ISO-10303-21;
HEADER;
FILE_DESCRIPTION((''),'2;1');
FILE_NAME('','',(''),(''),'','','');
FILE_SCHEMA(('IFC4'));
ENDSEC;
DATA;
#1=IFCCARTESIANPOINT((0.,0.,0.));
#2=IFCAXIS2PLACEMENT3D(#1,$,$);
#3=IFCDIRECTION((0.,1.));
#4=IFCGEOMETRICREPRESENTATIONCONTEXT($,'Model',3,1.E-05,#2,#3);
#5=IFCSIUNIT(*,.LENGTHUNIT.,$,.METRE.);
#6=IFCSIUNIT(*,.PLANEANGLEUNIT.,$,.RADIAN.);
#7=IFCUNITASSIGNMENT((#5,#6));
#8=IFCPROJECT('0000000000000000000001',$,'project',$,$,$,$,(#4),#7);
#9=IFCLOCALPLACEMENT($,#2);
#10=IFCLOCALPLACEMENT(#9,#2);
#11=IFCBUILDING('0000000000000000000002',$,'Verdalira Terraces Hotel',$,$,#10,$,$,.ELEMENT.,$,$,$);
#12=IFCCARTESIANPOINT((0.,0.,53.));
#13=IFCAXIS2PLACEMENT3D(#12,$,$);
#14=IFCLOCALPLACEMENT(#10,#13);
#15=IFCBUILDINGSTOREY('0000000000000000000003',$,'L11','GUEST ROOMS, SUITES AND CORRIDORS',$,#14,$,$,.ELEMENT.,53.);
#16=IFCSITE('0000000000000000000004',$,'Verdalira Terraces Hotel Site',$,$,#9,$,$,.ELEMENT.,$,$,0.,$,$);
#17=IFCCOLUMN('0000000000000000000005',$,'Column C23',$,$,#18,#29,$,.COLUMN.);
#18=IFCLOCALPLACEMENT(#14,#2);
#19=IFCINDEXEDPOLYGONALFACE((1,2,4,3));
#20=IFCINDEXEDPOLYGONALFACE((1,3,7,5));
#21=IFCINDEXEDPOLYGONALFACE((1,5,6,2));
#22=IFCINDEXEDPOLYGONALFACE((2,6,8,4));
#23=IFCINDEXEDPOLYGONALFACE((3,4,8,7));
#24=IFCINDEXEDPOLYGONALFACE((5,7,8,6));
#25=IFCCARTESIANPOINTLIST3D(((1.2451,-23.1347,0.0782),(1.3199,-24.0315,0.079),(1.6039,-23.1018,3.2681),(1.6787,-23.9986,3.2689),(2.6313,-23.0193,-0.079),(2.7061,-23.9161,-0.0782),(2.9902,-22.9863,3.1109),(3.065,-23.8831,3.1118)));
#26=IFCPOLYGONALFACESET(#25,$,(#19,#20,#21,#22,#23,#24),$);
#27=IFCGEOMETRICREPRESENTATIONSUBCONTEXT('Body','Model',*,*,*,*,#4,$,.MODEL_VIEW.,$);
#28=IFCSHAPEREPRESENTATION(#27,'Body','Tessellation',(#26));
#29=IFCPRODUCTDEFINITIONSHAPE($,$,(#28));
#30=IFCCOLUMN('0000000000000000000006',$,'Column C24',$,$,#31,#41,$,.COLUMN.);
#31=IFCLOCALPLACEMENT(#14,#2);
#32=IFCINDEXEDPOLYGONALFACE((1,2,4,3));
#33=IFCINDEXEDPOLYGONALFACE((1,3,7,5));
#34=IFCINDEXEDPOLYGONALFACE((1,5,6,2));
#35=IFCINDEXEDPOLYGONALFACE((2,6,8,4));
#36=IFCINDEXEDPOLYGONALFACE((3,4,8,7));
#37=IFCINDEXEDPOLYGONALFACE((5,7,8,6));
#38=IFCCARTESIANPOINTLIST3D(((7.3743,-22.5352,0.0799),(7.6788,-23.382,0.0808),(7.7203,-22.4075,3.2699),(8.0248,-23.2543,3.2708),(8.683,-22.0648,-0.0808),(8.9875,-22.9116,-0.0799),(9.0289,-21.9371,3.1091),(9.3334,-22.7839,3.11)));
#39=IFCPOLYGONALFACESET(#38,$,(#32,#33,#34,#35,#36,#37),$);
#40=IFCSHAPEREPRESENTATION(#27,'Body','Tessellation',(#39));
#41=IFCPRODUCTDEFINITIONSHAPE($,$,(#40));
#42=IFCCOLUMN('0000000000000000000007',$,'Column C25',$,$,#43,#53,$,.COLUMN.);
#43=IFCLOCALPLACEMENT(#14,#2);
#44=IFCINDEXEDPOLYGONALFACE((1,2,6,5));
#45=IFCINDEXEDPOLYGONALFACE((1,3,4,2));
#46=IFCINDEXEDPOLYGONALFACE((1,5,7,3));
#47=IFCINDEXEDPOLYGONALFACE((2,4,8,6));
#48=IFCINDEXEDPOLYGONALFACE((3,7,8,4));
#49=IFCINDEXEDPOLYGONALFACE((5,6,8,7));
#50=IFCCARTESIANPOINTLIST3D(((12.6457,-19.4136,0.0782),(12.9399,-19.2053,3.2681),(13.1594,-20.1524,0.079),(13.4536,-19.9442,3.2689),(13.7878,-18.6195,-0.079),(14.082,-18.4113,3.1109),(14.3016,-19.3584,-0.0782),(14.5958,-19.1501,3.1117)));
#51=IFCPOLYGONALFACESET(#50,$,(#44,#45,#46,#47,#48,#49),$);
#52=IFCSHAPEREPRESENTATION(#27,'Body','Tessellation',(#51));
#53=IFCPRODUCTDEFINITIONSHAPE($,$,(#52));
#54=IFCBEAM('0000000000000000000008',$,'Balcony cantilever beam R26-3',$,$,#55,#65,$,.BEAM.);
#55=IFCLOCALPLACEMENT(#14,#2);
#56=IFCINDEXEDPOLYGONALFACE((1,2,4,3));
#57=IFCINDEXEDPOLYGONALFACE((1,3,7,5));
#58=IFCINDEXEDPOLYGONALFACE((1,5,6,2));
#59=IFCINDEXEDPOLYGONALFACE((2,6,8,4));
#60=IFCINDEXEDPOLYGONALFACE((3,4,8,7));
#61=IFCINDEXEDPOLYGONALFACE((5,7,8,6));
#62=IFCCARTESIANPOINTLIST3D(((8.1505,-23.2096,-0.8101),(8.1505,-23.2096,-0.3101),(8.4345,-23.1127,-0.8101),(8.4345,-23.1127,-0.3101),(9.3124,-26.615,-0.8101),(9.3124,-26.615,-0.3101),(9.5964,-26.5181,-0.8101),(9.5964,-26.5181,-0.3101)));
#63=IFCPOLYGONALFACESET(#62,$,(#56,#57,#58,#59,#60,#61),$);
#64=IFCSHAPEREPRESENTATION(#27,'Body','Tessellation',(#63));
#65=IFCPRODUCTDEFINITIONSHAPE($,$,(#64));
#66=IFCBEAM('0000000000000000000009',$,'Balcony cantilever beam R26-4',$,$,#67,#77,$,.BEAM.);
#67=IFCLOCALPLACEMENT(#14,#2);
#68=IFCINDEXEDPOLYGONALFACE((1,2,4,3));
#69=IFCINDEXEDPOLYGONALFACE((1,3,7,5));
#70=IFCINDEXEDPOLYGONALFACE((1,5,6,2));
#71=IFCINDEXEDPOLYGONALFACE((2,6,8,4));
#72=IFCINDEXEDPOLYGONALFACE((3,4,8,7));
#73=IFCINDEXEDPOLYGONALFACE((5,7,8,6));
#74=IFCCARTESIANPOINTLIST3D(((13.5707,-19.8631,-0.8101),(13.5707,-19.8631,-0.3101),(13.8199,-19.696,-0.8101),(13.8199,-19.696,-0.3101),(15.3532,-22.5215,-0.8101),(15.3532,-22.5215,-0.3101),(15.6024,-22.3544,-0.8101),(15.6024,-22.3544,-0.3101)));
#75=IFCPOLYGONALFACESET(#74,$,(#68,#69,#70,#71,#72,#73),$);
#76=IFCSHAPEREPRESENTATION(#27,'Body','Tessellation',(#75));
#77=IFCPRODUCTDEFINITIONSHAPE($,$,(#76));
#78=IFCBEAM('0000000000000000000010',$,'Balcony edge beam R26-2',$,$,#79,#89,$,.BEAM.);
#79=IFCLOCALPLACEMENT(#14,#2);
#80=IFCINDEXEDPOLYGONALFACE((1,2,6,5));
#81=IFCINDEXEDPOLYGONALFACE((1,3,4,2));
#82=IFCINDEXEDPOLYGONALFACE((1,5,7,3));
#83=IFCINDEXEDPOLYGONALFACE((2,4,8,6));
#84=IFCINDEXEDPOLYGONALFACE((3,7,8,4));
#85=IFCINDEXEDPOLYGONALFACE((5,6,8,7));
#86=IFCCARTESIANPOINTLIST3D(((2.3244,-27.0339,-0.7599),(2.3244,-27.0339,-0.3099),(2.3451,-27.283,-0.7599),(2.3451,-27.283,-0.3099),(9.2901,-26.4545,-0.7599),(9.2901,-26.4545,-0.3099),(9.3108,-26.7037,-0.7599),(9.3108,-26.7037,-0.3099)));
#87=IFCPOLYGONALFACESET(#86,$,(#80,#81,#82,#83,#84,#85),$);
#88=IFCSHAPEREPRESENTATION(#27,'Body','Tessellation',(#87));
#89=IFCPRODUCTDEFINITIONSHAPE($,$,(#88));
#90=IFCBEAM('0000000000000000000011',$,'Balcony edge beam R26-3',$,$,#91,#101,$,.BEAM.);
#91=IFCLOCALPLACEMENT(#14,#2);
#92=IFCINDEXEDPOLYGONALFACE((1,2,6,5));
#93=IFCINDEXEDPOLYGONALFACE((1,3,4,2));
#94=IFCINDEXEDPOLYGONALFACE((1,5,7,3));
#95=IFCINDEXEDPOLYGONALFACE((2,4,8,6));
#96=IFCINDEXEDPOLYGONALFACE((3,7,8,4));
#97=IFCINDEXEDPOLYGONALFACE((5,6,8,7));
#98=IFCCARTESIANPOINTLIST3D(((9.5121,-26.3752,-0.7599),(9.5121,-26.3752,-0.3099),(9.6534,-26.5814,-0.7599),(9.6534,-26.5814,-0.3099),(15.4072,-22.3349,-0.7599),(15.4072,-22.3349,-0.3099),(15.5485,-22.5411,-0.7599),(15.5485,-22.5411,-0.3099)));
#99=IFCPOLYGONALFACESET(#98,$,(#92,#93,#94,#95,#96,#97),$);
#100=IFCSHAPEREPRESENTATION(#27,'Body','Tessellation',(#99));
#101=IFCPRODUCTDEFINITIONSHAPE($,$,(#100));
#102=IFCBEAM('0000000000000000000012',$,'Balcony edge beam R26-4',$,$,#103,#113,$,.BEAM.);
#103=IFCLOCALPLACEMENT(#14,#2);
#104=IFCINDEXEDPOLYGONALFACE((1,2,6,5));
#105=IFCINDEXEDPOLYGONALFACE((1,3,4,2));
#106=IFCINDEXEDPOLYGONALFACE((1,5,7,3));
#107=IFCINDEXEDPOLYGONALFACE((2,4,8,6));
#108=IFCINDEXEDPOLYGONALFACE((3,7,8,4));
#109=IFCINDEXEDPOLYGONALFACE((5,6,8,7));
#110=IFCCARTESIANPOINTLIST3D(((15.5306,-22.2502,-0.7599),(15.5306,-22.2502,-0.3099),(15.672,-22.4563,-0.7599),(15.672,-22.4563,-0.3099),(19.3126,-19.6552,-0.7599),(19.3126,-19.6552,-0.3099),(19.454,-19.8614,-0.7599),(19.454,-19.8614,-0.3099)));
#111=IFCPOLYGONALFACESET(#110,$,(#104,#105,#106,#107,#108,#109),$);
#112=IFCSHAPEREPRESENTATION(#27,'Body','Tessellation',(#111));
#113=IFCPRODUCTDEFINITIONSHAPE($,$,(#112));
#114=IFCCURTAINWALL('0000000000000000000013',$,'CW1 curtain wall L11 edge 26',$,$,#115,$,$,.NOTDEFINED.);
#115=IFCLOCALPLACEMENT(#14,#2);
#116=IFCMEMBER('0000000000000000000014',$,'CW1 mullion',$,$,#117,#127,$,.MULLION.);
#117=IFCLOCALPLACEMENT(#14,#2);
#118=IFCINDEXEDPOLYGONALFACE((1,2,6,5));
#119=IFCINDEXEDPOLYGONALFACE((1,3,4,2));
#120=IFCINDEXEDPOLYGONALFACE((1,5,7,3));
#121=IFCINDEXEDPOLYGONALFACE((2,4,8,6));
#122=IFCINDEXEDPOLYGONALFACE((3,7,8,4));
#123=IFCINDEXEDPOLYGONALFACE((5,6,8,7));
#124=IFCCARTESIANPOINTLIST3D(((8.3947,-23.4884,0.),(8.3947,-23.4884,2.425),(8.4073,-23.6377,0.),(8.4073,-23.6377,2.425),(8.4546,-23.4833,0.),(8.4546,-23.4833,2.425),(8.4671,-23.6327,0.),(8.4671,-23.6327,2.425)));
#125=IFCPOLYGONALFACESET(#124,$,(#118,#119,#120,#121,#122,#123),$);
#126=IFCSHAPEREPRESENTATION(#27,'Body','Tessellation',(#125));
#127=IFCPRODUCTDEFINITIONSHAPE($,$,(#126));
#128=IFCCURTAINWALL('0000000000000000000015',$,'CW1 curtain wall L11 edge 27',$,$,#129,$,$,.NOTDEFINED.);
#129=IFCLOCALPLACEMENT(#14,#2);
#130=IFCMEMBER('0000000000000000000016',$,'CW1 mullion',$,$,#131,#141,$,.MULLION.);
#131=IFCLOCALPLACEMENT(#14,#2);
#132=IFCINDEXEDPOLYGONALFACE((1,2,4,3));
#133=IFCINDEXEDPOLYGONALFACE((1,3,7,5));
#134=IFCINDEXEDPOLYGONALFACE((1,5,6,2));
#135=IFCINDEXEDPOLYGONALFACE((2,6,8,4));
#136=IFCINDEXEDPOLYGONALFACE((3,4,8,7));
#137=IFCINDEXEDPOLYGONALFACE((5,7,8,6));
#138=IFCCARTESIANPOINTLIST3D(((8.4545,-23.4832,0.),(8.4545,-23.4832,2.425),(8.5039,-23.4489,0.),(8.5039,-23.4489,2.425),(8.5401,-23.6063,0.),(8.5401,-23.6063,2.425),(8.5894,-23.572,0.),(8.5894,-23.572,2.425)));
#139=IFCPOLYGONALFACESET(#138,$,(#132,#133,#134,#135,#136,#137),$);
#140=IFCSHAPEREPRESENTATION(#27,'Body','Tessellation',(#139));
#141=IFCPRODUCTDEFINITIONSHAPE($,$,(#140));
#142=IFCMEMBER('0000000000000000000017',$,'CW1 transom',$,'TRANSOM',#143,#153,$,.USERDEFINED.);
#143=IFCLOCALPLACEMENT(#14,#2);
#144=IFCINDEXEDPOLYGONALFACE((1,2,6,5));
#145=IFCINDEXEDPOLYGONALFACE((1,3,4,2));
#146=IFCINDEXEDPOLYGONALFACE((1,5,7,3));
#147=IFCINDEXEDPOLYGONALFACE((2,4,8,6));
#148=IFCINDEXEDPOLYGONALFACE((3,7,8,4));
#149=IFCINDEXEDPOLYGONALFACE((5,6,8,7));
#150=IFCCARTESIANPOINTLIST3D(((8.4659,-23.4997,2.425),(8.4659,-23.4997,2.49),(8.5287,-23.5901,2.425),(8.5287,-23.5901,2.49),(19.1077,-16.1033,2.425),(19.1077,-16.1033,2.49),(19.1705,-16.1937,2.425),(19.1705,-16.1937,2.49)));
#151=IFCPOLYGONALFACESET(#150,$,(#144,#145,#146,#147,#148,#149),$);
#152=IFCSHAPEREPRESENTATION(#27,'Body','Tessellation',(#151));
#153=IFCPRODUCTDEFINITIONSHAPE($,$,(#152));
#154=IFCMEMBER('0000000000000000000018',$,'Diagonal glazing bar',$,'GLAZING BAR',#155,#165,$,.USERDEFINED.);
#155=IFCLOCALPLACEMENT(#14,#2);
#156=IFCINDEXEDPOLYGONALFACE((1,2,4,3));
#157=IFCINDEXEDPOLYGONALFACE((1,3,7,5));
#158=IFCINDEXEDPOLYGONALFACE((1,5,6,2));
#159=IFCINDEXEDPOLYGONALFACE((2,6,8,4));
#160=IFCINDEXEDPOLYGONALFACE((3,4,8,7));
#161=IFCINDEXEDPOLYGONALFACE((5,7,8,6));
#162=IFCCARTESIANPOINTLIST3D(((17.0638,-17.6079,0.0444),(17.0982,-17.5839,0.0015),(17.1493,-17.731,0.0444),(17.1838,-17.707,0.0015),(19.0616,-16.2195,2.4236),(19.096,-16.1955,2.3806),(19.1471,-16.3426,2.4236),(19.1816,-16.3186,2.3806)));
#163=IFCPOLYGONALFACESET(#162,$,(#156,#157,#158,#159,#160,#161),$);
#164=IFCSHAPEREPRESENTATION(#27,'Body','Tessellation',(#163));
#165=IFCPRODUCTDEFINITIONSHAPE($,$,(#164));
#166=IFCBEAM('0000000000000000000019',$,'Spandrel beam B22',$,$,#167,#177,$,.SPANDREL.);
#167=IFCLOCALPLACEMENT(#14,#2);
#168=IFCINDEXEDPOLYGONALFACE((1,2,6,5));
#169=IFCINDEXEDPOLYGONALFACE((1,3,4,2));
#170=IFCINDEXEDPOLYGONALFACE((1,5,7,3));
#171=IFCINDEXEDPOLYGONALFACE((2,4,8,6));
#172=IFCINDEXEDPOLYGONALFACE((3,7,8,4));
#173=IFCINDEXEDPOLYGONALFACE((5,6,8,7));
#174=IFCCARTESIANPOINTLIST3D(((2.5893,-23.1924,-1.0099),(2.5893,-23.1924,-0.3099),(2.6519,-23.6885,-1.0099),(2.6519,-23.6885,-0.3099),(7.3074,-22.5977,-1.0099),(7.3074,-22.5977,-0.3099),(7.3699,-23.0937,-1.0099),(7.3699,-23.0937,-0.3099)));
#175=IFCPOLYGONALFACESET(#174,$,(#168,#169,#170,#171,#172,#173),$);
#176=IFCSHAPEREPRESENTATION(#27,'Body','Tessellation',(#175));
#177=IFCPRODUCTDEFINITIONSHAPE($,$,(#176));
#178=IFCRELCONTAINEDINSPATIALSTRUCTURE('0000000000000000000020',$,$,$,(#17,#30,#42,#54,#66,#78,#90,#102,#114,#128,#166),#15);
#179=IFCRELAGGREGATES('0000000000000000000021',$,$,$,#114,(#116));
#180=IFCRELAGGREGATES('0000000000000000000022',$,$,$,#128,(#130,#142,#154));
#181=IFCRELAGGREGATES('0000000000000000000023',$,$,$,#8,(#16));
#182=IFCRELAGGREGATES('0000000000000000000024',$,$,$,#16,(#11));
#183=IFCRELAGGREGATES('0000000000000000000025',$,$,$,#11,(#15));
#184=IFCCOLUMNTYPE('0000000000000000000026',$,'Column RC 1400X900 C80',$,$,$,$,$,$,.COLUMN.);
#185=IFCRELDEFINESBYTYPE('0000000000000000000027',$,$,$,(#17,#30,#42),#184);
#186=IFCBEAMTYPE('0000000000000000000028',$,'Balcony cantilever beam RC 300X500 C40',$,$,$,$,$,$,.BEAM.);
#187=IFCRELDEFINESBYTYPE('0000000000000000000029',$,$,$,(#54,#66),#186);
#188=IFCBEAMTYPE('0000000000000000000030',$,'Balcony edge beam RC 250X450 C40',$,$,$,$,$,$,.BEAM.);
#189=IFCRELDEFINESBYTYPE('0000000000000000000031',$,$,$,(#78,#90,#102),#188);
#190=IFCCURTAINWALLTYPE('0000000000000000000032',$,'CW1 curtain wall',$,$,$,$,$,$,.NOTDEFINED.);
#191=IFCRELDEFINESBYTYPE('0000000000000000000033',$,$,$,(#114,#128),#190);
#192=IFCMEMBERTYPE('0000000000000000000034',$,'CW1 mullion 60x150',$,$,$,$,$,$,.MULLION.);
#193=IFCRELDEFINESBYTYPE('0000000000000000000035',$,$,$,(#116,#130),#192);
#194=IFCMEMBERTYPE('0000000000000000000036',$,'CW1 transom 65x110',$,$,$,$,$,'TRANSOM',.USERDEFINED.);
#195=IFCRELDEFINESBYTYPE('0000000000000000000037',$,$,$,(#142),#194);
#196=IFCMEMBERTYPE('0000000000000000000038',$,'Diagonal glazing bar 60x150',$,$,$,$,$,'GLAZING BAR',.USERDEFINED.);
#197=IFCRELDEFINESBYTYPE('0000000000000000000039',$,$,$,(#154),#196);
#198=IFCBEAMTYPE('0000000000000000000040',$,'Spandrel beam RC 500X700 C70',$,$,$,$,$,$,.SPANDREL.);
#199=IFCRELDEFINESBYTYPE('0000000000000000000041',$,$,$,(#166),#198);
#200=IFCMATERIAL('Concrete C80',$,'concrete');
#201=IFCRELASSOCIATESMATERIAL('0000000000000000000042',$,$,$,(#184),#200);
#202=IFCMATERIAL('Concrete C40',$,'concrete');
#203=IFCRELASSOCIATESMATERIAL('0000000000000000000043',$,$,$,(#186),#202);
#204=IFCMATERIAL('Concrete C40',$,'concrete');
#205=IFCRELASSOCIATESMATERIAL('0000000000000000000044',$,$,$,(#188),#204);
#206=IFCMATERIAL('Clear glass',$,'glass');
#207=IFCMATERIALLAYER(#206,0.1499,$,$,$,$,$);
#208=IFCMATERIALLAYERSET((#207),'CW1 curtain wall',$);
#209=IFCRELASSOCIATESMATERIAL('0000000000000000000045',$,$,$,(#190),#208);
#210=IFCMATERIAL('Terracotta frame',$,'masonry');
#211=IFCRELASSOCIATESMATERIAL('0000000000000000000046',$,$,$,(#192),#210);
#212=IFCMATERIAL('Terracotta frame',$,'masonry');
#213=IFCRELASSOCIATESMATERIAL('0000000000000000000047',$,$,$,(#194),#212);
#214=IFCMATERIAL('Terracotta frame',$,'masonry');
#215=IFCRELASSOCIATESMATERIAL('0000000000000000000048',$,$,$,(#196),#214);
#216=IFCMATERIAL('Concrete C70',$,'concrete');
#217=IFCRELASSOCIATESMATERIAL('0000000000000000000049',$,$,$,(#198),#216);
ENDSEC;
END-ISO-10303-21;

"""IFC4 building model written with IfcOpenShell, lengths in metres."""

from ifc_helpers import new_model, si_unit, direction, frame, origin, origin_2d, place, context, subcontext, project, spatial, rectangle, extrude, material, layer, layer_set, material_profile, profile_set, type_object, element, aggregate, save


model = new_model("IFC4")

# Units and contexts
model_context = context("Model", 3, precision=1e-05, world=origin(), true_north=direction((0.0, 1.0)))
body_context = subcontext(model_context, "Body", "Model", "MODEL_VIEW")
ifc_project = project(units=[si_unit("LENGTHUNIT", "METRE"), si_unit("PLANEANGLEUNIT", "RADIAN")], contexts=[model_context])

# Site, building, storey
site_placement = place(None, origin())
site = spatial("IfcSite", under=ifc_project, at=site_placement, Name="Verdalira Terraces Hotel Site", CompositionType="ELEMENT", RefElevation=0.0)
building_placement = place(site_placement, origin())
building = spatial("IfcBuilding", under=site, at=building_placement, Name="Verdalira Terraces Hotel", CompositionType="ELEMENT")
storey_placement = place(building_placement, frame((0.0, 0.0, 53.0)))
storey = spatial("IfcBuildingStorey", under=building, at=storey_placement, Name="L11", Description="GUEST ROOMS, SUITES AND CORRIDORS", CompositionType="ELEMENT", Elevation=53.0)

# Columns
ifc_material_1 = material(Name="Concrete C80", Category="concrete")
ifc_material_profile_1 = material_profile(ifc_material_1, rectangle(XDim=1.3999, YDim=0.8999, at=origin_2d()), Name="RC 1400X900")
ifc_profile_set_1 = profile_set([ifc_material_profile_1], Name="Concrete C80")
column_type = type_object("IfcColumnType", Name="Column RC 1400X900 C80", PredefinedType="COLUMN", material=ifc_profile_set_1)
column_1_placement = place(storey_placement, frame((1.9756, -23.5254, 0.0), z_axis=(0.111795, 0.010267, 0.993678), x_axis=(0.99025, 0.082474, -0.112261)))
element("IfcColumn", 1, at=column_1_placement, inside=storey, type_object=column_type, Name="Column C23", PredefinedType="COLUMN", context=body_context, shape_type="SweptSolid", body=[
    extrude(rectangle(XDim=1.3999, YDim=0.8999, at=origin_2d()), origin(), (0.0, 0.0, 1.0), 3.2102),
])
column_2_placement = place(storey_placement, frame((8.1809, -22.7234, 0.0), z_axis=(0.107732, 0.039763, 0.993384), x_axis=(-0.93482, -0.336043, 0.114832)))
element("IfcColumn", 2, at=column_2_placement, inside=storey, type_object=column_type, Name="Column C24", PredefinedType="COLUMN", context=body_context, shape_type="SweptSolid", body=[
    extrude(rectangle(XDim=1.3999, YDim=0.8999, at=origin_2d()), origin(), (0.0, 0.0, 1.0), 3.2112),
])
column_3_placement = place(storey_placement, frame((13.4736, -19.386, 0.0), z_axis=(0.091641, 0.064871, 0.993677), x_axis=(0.815879, 0.567217, -0.112274)))
element("IfcColumn", 3, at=column_3_placement, inside=storey, type_object=column_type, Name="Column C25", PredefinedType="COLUMN", context=body_context, shape_type="SweptSolid", body=[
    extrude(rectangle(XDim=1.3999, YDim=0.8999, at=origin_2d()), origin(), (0.0, 0.0, 1.0), 3.2102),
])

# Beams
ifc_material_2 = material(Name="Concrete C40", Category="concrete")
ifc_material_profile_2 = material_profile(ifc_material_2, rectangle(XDim=0.3, YDim=0.5, at=origin_2d()), Name="RC 300X500")
ifc_profile_set_2 = profile_set([ifc_material_profile_2], Name="Concrete C40")
beam_type_1 = type_object("IfcBeamType", Name="Balcony cantilever beam RC 300X500 C40", PredefinedType="BEAM", material=ifc_profile_set_2)
beam_1_placement = place(storey_placement, frame((8.2925, -23.1611, -0.5601), z_axis=(0.322917, -0.946427, 0.0), x_axis=(0.946427, 0.322917, 0.0)))
element("IfcBeam", 4, at=beam_1_placement, inside=storey, type_object=beam_type_1, Name="Balcony cantilever beam R26-3", PredefinedType="BEAM", context=body_context, shape_type="SweptSolid", body=[
    extrude(rectangle(XDim=0.3, YDim=0.5, at=origin_2d()), origin(), (0.0, 0.0, 1.0), 3.5981),
])
beam_2_placement = place(storey_placement, frame((13.6953, -19.7795, -0.5601), z_axis=(0.556899, -0.830581, 0.0), x_axis=(0.830581, 0.556899, 0.0)))
element("IfcBeam", 5, at=beam_2_placement, inside=storey, type_object=beam_type_1, Name="Balcony cantilever beam R26-4", PredefinedType="BEAM", context=body_context, shape_type="SweptSolid", body=[
    extrude(rectangle(XDim=0.3, YDim=0.5, at=origin_2d()), origin(), (0.0, 0.0, 1.0), 3.2007),
])
ifc_material_3 = material(Name="Concrete C40", Category="concrete")
ifc_material_profile_3 = material_profile(ifc_material_3, rectangle(XDim=0.25, YDim=0.45, at=origin_2d()), Name="RC 250X450")
ifc_profile_set_3 = profile_set([ifc_material_profile_3], Name="Concrete C40")
beam_type_2 = type_object("IfcBeamType", Name="Balcony edge beam RC 250X450 C40", PredefinedType="BEAM", material=ifc_profile_set_3)
beam_3_placement = place(storey_placement, frame((2.3347, -27.1584, -0.5349), z_axis=(0.996559, 0.082886, 0.0), x_axis=(-0.082886, 0.996559, 0.0)))
element("IfcBeam", 6, at=beam_3_placement, inside=storey, type_object=beam_type_2, Name="Balcony edge beam R26-2", PredefinedType="BEAM", context=body_context, shape_type="SweptSolid", body=[
    extrude(rectangle(XDim=0.25, YDim=0.45, at=origin_2d()), origin(), (0.0, 0.0, 1.0), 6.9897),
])
beam_4_placement = place(storey_placement, frame((9.5828, -26.4783, -0.5349), z_axis=(0.82486, 0.565336, 0.0), x_axis=(-0.565336, 0.82486, 0.0)))
element("IfcBeam", 7, at=beam_4_placement, inside=storey, type_object=beam_type_2, Name="Balcony edge beam R26-3", PredefinedType="BEAM", context=body_context, shape_type="SweptSolid", body=[
    extrude(rectangle(XDim=0.25, YDim=0.45, at=origin_2d()), origin(), (0.0, 0.0, 1.0), 7.1467),
])
beam_5_placement = place(storey_placement, frame((15.6013, -22.3533, -0.5349), z_axis=(0.824565, 0.565767, 0.0), x_axis=(-0.565767, 0.824565, 0.0)))
element("IfcBeam", 8, at=beam_5_placement, inside=storey, type_object=beam_type_2, Name="Balcony edge beam R26-4", PredefinedType="BEAM", context=body_context, shape_type="SweptSolid", body=[
    extrude(rectangle(XDim=0.25, YDim=0.45, at=origin_2d()), origin(), (0.0, 0.0, 1.0), 4.5867),
])

# Curtain wall, member
ifc_material_4 = material(Name="Clear glass", Category="glass")
ifc_layer_1 = layer(ifc_material_4, 0.1499)
ifc_layer_set_1 = layer_set([ifc_layer_1], Name="CW1 curtain wall")
curtain_wall_type_1 = type_object("IfcCurtainWallType", Name="CW1 curtain wall", PredefinedType="NOTDEFINED", material=ifc_layer_set_1)
curtain_wall_1_placement = place(storey_placement, origin())
curtain_wall_1 = element("IfcCurtainWall", 9, at=curtain_wall_1_placement, inside=storey, type_object=curtain_wall_type_1, Name="CW1 curtain wall L11 edge 26", PredefinedType="NOTDEFINED")
ifc_material_5 = material(Name="Terracotta frame", Category="masonry")
ifc_material_profile_4 = material_profile(ifc_material_5, rectangle(XDim=0.0601, YDim=0.1499, at=origin_2d()), Name="MU 60x150")
ifc_profile_set_4 = profile_set([ifc_material_profile_4], Name="Terracotta frame")
member_type_1 = type_object("IfcMemberType", Name="CW1 mullion 60x150", PredefinedType="MULLION", material=ifc_profile_set_4)
member_1_placement = place(storey_placement, frame((8.4309, -23.5605, 0.0), z_axis=(0.0, 0.0, 1.0), x_axis=(0.996493, 0.083678, 0.0)))
member_1 = element("IfcMember", 10, at=member_1_placement, type_object=member_type_1, Name="CW1 mullion", PredefinedType="MULLION", context=body_context, shape_type="SweptSolid", body=[
    extrude(rectangle(XDim=0.0601, YDim=0.1499, at=origin_2d()), origin(), (0.0, 0.0, 1.0), 2.425),
])

# Curtain wall, members
curtain_wall_2_placement = place(storey_placement, origin())
curtain_wall_2 = element("IfcCurtainWall", 11, at=curtain_wall_2_placement, inside=storey, type_object=curtain_wall_type_1, Name="CW1 curtain wall L11 edge 27", PredefinedType="NOTDEFINED")
member_2_placement = place(storey_placement, frame((8.522, -23.5276, 0.0), z_axis=(0.0, 0.0, 1.0), x_axis=(0.821149, 0.570714, 0.0)))
member_2 = element("IfcMember", 12, at=member_2_placement, type_object=member_type_1, Name="CW1 mullion", PredefinedType="MULLION", context=body_context, shape_type="SweptSolid", body=[
    extrude(rectangle(XDim=0.0601, YDim=0.1499, at=origin_2d()), origin(), (0.0, 0.0, 1.0), 2.425),
])
ifc_material_6 = material(Name="Terracotta frame", Category="masonry")
ifc_material_profile_5 = material_profile(ifc_material_6, rectangle(XDim=0.1101, YDim=0.0649, at=origin_2d()), Name="TR 65x110")
ifc_profile_set_5 = profile_set([ifc_material_profile_5], Name="Terracotta frame")
member_type_2 = type_object("IfcMemberType", Name="CW1 transom 65x110", ElementType="TRANSOM", PredefinedType="USERDEFINED", material=ifc_profile_set_5)
member_3_placement = place(storey_placement, frame((8.4973, -23.5449, 2.4575), z_axis=(0.821142, 0.570724, 0.0), x_axis=(-0.570724, 0.821142, 0.0)))
member_3 = element("IfcMember", 13, at=member_3_placement, type_object=member_type_2, Name="CW1 transom", ObjectType="TRANSOM", PredefinedType="USERDEFINED", context=body_context, shape_type="SweptSolid", body=[
    extrude(rectangle(XDim=0.1101, YDim=0.0649, at=origin_2d()), origin(), (0.0, 0.0, 1.0), 12.9597),
])
ifc_material_7 = material(Name="Terracotta frame", Category="masonry")
ifc_material_profile_6 = material_profile(ifc_material_7, rectangle(XDim=0.1499, YDim=0.0601, at=origin_2d()), Name="GB 60x150")
ifc_profile_set_6 = profile_set([ifc_material_profile_6], Name="Terracotta frame")
member_type_3 = type_object("IfcMemberType", Name="Diagonal glazing bar 60x150", ElementType="GLAZING BAR", PredefinedType="USERDEFINED", material=ifc_profile_set_6)
member_4_placement = place(storey_placement, frame((17.1238, -17.6575, 0.0229), z_axis=(0.587099, 0.408021, 0.699167), x_axis=(-0.570691, 0.821165, 0.0)))
member_4 = element("IfcMember", 14, at=member_4_placement, type_object=member_type_3, Name="Diagonal glazing bar", ObjectType="GLAZING BAR", PredefinedType="USERDEFINED", context=body_context, shape_type="SweptSolid", body=[
    extrude(rectangle(XDim=0.1499, YDim=0.0601, at=origin_2d()), origin(), (0.0, 0.0, 1.0), 3.4028),
])

# Beam
ifc_material_8 = material(Name="Concrete C70", Category="concrete")
ifc_material_profile_7 = material_profile(ifc_material_8, rectangle(XDim=0.5, YDim=0.7, at=origin_2d()), Name="RC 500X700")
ifc_profile_set_7 = profile_set([ifc_material_profile_7], Name="Concrete C70")
beam_type_3 = type_object("IfcBeamType", Name="Spandrel beam RC 500X700 C70", PredefinedType="SPANDREL", material=ifc_profile_set_7)
beam_6_placement = place(storey_placement, frame((2.6206, -23.4404, -0.6599), z_axis=(0.992149, 0.125065, 0.0), x_axis=(-0.125065, 0.992149, 0.0)))
element("IfcBeam", 15, at=beam_6_placement, inside=storey, type_object=beam_type_3, Name="Spandrel beam B22", PredefinedType="SPANDREL", context=body_context, shape_type="SweptSolid", body=[
    extrude(rectangle(XDim=0.5, YDim=0.7, at=origin_2d()), origin(), (0.0, 0.0, 1.0), 4.7554),
])

aggregate(curtain_wall_1, [member_1])
aggregate(curtain_wall_2, [member_2, member_3, member_4])

save(model, "model.ifc")
